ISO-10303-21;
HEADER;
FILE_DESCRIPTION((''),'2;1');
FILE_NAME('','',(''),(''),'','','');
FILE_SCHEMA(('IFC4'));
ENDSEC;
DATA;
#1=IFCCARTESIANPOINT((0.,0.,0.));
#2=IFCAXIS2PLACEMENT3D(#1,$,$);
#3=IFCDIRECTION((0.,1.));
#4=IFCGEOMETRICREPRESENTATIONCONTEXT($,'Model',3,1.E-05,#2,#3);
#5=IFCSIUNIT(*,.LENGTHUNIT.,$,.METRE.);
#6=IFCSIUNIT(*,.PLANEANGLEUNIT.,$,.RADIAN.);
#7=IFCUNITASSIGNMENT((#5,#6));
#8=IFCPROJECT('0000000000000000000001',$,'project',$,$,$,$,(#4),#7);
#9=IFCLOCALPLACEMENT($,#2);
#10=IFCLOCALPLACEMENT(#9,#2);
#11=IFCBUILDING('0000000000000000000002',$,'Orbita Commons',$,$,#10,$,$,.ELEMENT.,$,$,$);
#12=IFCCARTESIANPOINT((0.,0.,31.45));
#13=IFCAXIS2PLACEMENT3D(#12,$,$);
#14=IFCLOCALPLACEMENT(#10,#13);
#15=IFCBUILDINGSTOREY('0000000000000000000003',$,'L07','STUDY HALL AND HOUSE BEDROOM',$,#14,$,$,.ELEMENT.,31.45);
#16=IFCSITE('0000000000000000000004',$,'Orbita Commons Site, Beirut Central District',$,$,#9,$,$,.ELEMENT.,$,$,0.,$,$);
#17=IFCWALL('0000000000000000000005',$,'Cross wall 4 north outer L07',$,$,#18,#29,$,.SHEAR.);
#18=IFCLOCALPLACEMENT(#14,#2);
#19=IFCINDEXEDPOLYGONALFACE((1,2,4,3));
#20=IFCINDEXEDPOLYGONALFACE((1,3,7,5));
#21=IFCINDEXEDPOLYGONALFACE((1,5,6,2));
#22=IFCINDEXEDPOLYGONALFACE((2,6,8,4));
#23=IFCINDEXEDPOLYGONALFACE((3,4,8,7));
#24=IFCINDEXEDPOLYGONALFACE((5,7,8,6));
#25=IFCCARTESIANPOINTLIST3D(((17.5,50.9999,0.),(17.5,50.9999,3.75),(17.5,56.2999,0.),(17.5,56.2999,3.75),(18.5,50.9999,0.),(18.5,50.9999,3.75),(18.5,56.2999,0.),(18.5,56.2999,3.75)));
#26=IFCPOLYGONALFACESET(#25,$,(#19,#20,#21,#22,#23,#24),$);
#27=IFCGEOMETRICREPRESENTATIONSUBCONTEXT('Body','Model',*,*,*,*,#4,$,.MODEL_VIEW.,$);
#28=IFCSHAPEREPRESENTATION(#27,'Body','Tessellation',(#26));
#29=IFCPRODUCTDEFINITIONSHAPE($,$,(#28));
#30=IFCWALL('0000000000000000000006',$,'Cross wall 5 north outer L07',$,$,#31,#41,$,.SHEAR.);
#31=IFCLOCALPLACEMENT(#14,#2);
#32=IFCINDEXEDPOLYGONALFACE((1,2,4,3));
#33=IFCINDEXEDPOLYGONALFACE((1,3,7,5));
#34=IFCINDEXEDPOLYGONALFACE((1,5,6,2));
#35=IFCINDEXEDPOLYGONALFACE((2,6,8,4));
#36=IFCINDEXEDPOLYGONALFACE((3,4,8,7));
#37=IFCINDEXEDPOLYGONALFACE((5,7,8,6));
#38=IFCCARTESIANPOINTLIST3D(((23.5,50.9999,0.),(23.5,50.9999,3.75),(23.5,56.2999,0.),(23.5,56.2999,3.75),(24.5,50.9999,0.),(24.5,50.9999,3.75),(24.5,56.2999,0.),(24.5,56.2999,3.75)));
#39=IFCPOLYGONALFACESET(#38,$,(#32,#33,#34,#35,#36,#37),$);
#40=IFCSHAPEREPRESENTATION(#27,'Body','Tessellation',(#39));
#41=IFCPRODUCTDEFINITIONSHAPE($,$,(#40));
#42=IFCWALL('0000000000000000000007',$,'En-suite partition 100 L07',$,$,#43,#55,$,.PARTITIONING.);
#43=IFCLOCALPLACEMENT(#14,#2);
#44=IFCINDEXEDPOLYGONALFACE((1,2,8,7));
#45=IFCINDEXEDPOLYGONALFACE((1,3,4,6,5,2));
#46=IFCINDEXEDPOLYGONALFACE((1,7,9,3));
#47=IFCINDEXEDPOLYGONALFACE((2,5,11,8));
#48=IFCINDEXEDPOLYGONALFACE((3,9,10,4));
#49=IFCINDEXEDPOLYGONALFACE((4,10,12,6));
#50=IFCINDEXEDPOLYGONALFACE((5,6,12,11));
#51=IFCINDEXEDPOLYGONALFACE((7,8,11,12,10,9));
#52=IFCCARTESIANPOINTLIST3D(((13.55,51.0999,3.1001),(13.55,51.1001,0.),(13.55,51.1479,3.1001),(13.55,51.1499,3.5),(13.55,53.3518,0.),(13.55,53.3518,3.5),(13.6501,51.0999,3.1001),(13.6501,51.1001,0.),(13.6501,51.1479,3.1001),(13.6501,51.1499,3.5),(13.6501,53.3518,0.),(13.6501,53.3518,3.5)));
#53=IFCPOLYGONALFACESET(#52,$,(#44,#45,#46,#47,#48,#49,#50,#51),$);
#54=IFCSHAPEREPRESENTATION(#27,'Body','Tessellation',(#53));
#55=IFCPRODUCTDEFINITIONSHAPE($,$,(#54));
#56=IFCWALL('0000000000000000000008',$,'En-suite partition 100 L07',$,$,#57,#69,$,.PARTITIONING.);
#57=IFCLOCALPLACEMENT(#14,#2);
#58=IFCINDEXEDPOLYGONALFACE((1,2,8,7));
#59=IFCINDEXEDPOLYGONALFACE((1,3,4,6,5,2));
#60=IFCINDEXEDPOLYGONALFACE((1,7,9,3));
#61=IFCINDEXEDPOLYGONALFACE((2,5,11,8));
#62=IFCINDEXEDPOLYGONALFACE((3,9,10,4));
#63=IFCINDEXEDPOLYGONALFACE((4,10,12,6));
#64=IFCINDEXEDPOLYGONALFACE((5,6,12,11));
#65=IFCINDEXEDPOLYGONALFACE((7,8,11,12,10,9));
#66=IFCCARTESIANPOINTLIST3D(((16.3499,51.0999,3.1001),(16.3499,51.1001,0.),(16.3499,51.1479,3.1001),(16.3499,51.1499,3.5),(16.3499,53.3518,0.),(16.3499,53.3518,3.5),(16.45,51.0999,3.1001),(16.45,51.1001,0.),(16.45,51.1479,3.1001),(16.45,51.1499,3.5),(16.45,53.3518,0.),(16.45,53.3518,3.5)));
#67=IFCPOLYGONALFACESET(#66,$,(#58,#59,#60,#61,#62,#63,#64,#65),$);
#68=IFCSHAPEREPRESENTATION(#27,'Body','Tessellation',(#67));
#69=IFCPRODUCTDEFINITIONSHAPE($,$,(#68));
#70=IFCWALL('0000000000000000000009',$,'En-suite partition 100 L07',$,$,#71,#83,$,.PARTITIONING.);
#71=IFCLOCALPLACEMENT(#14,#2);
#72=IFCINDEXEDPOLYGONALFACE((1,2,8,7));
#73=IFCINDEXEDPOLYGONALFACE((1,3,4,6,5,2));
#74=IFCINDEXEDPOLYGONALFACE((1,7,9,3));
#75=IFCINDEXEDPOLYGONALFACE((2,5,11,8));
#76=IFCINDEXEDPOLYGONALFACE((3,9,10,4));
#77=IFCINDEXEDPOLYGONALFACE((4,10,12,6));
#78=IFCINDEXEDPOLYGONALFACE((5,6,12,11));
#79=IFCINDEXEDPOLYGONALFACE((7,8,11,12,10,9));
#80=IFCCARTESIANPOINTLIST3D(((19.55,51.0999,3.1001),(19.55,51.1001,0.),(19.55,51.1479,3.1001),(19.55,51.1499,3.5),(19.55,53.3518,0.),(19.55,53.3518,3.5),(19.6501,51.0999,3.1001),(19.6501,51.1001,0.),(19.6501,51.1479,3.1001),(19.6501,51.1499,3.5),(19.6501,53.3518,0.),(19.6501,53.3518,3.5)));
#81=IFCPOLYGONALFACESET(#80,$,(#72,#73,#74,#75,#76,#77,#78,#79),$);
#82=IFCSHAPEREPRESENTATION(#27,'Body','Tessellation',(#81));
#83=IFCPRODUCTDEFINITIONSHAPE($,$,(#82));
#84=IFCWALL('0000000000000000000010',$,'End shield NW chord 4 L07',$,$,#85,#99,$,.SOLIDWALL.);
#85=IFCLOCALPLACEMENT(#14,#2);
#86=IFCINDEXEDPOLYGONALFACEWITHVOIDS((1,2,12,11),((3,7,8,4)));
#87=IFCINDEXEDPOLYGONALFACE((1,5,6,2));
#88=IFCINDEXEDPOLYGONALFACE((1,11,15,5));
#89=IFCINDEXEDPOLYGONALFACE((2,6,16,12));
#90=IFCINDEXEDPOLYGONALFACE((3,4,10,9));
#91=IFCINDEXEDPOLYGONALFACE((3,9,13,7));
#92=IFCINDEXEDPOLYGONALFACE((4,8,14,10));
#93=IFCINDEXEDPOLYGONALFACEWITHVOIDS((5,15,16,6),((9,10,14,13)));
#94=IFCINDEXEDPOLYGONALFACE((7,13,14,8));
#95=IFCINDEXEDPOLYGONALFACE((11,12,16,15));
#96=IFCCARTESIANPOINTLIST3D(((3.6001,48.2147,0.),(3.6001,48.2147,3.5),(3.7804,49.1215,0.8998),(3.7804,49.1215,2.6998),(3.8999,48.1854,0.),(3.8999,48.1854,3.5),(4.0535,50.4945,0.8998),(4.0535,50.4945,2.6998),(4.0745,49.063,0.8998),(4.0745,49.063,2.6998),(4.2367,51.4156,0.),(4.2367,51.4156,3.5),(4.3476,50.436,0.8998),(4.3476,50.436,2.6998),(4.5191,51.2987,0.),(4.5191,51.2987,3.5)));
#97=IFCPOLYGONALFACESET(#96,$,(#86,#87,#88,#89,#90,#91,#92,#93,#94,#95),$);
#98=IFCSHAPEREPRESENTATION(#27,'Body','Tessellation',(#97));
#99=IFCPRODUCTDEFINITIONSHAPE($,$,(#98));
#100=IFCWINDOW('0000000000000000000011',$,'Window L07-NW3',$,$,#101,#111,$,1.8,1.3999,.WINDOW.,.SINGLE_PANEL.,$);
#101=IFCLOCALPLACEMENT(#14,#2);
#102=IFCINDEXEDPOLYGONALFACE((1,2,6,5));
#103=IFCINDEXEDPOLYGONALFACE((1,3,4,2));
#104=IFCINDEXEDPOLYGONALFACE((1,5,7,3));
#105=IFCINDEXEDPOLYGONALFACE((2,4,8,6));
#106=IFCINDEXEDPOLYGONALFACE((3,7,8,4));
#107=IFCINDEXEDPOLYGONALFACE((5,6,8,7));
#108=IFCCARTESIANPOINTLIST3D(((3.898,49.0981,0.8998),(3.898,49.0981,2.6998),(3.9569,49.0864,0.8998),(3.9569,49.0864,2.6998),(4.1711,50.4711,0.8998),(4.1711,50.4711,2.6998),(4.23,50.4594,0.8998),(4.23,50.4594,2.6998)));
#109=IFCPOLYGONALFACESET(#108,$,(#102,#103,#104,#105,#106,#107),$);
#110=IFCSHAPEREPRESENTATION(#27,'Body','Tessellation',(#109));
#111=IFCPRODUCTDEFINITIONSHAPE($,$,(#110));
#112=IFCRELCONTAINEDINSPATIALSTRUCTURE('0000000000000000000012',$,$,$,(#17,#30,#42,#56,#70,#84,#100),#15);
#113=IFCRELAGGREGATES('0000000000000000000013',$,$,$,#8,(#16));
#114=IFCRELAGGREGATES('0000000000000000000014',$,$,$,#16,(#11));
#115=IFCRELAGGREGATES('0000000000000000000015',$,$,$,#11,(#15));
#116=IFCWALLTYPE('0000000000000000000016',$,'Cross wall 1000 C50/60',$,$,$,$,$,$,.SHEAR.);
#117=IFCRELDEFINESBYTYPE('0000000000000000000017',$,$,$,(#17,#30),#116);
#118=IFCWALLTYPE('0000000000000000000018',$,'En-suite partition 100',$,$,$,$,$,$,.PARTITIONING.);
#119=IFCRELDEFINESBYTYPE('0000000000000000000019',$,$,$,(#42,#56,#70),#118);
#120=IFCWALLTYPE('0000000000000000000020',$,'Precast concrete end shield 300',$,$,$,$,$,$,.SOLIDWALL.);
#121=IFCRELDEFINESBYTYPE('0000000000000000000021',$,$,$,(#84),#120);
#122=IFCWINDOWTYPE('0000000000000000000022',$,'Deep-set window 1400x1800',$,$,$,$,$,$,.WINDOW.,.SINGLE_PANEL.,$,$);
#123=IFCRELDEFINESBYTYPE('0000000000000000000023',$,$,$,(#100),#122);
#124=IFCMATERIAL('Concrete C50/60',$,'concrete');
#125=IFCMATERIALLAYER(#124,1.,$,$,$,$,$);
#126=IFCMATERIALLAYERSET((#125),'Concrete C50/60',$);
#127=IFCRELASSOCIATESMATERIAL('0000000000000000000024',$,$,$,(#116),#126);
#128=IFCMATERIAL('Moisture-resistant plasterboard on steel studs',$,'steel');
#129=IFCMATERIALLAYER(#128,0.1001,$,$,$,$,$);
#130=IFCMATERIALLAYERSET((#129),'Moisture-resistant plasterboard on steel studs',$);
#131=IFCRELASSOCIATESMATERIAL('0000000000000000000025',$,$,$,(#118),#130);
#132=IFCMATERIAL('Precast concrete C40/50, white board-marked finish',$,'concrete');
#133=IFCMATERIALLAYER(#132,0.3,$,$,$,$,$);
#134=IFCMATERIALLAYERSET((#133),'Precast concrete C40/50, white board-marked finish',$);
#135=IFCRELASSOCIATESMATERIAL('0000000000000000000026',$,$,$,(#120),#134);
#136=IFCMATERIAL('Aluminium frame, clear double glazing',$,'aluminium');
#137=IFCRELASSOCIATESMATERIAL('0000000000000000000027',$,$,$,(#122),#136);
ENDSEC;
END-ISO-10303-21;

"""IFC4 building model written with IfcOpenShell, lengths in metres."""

from ifc_helpers import new_model, si_unit, direction, frame, frame_2d, origin, place, context, subcontext, project, spatial, polyline, rectangle, outline, extrude, material, layer, layer_set, type_object, element, fill, save


model = new_model("IFC4")

# Units and contexts
model_context = context("Model", 3, precision=1e-05, world=origin(), true_north=direction((0.0, 1.0)))
body_context = subcontext(model_context, "Body", "Model", "MODEL_VIEW")
ifc_project = project(units=[si_unit("LENGTHUNIT", "METRE"), si_unit("PLANEANGLEUNIT", "RADIAN")], contexts=[model_context])

# Site, building, storey
site_placement = place(None, origin())
site = spatial("IfcSite", under=ifc_project, at=site_placement, Name="Orbita Commons Site, Beirut Central District", CompositionType="ELEMENT", RefElevation=0.0)
building_placement = place(site_placement, origin())
building = spatial("IfcBuilding", under=site, at=building_placement, Name="Orbita Commons", CompositionType="ELEMENT")
storey_placement = place(building_placement, frame((0.0, 0.0, 31.45)))
storey = spatial("IfcBuildingStorey", under=building, at=storey_placement, Name="L07", Description="STUDY HALL AND HOUSE BEDROOM", CompositionType="ELEMENT", Elevation=31.45)

# Walls
ifc_material_1 = material(Name="Concrete C50/60", Category="concrete")
ifc_layer_1 = layer(ifc_material_1, 1.0)
ifc_layer_set_1 = layer_set([ifc_layer_1], Name="Concrete C50/60")
wall_type_1 = type_object("IfcWallType", Name="Cross wall 1000 C50/60", PredefinedType="SHEAR", material=ifc_layer_set_1)
for number, where, z_axis, x_axis, name in (
    (1, (18.0, 51.0, 0.0), (0.0, 0.0, 1.0), (0.0, 1.0, 0.0), "Cross wall 4 north outer L07"),
    (2, (24.0, 51.0, 0.0), (0.0, 0.0, 1.0), (0.0, 1.0, 0.0), "Cross wall 5 north outer L07"),
):
    element("IfcWall", number, at=place(storey_placement, frame(where, z_axis=z_axis, x_axis=x_axis)), inside=storey, type_object=wall_type_1, Name=name, PredefinedType="SHEAR", context=body_context, shape_type="SweptSolid", body=[
        extrude(rectangle(XDim=5.3, YDim=1.0, at=frame_2d((2.6499, 0.0))), origin(), (0.0, 0.0, 1.0), 3.75),
    ])
ifc_material_2 = material(Name="Moisture-resistant plasterboard on steel studs", Category="steel")
ifc_layer_2 = layer(ifc_material_2, 0.1001)
ifc_layer_set_2 = layer_set([ifc_layer_2], Name="Moisture-resistant plasterboard on steel studs")
wall_type_2 = type_object("IfcWallType", Name="En-suite partition 100", PredefinedType="PARTITIONING", material=ifc_layer_set_2)
for number, where, z_axis, x_axis, name in (
    (3, (13.6001, 53.3518, 0.0), (0.0, 0.0, 1.0), (0.0, -1.0, 0.0), "En-suite partition 100 L07"),
    (4, (16.3999, 53.3518, 0.0), (0.0, 0.0, 1.0), (0.0, -1.0, 0.0), "En-suite partition 100 L07"),
    (5, (19.6001, 53.3518, 0.0), (0.0, 0.0, 1.0), (0.0, -1.0, 0.0), "En-suite partition 100 L07"),
):
    element("IfcWall", number, at=place(storey_placement, frame(where, z_axis=z_axis, x_axis=x_axis)), inside=storey, type_object=wall_type_2, Name=name, PredefinedType="PARTITIONING", context=body_context, shape_type="SweptSolid", body=[
        extrude(outline(polyline([(0.0, 0.0), (2.2517, 0.0), (2.252, 3.1001), (2.2039, 3.1001), (2.2019, 3.5), (0.0, 3.5), (0.0, 0.0)])), frame((0.0, 0.05, 0.0), z_axis=(0.0, -1.0, 0.0), x_axis=(1.0, 0.0, 0.0)), (0.0, 0.0, 1.0), 0.1001),
    ])

# Wall, opening, window
ifc_material_3 = material(Name="Precast concrete C40/50, white board-marked finish", Category="concrete")
ifc_layer_3 = layer(ifc_material_3, 0.3)
ifc_layer_set_3 = layer_set([ifc_layer_3], Name="Precast concrete C40/50, white board-marked finish")
wall_type_3 = type_object("IfcWallType", Name="Precast concrete end shield 300", PredefinedType="SOLIDWALL", material=ifc_layer_set_3)
wall_1_placement = place(storey_placement, frame((4.3779, 51.3572, 0.0), z_axis=(0.0, 0.0, 1.0), x_axis=(-0.195066, -0.98079, 0.0)))
wall_1 = element("IfcWall", 6, at=wall_1_placement, inside=storey, type_object=wall_type_3, Name="End shield NW chord 4 L07", PredefinedType="SOLIDWALL", context=body_context, shape_type="SweptSolid", body=[
    extrude(outline(polyline([(-0.0298, -0.1499), (3.2339, -0.1499), (3.2041, 0.1499), (0.0298, 0.1499), (-0.0298, -0.1499)])), origin(), (0.0, 0.0, 1.0), 3.5),
])
opening_1_placement = place(wall_1_placement, frame((0.9094, 0.0, 0.8999)))
opening_1 = element("IfcOpeningElement", 7, at=opening_1_placement, cuts=wall_1, PredefinedType="OPENING", context=body_context, shape_type="SweptSolid", body=[
    extrude(rectangle(XDim=1.3999, YDim=1.8, at=frame_2d((0.7, 0.8999))), frame((0.0, 0.1599, 0.0), z_axis=(0.0, -1.0, 0.0), x_axis=(1.0, 0.0, 0.0)), (0.0, 0.0, 1.0), 0.3201),
])
ifc_material_4 = material(Name="Aluminium frame, clear double glazing", Category="aluminium")
window_type = type_object("IfcWindowType", Name="Deep-set window 1400x1800", PartitioningType="SINGLE_PANEL", PredefinedType="WINDOW", material=ifc_material_4)
window_placement = place(opening_1_placement, origin())
window = element("IfcWindow", 8, at=window_placement, inside=storey, type_object=window_type, Name="Window L07-NW3", OverallHeight=1.8, OverallWidth=1.3999, PartitioningType="SINGLE_PANEL", PredefinedType="WINDOW", context=body_context, shape_type="SweptSolid", body=[
    extrude(rectangle(XDim=1.3999, YDim=1.8, at=frame_2d((0.7, 0.8999))), frame((0.0, 0.03, 0.0), z_axis=(0.0, -1.0, 0.0), x_axis=(1.0, 0.0, 0.0)), (0.0, 0.0, 1.0), 0.0601),
])
fill(opening_1, window)

save(model, "model.ifc")
